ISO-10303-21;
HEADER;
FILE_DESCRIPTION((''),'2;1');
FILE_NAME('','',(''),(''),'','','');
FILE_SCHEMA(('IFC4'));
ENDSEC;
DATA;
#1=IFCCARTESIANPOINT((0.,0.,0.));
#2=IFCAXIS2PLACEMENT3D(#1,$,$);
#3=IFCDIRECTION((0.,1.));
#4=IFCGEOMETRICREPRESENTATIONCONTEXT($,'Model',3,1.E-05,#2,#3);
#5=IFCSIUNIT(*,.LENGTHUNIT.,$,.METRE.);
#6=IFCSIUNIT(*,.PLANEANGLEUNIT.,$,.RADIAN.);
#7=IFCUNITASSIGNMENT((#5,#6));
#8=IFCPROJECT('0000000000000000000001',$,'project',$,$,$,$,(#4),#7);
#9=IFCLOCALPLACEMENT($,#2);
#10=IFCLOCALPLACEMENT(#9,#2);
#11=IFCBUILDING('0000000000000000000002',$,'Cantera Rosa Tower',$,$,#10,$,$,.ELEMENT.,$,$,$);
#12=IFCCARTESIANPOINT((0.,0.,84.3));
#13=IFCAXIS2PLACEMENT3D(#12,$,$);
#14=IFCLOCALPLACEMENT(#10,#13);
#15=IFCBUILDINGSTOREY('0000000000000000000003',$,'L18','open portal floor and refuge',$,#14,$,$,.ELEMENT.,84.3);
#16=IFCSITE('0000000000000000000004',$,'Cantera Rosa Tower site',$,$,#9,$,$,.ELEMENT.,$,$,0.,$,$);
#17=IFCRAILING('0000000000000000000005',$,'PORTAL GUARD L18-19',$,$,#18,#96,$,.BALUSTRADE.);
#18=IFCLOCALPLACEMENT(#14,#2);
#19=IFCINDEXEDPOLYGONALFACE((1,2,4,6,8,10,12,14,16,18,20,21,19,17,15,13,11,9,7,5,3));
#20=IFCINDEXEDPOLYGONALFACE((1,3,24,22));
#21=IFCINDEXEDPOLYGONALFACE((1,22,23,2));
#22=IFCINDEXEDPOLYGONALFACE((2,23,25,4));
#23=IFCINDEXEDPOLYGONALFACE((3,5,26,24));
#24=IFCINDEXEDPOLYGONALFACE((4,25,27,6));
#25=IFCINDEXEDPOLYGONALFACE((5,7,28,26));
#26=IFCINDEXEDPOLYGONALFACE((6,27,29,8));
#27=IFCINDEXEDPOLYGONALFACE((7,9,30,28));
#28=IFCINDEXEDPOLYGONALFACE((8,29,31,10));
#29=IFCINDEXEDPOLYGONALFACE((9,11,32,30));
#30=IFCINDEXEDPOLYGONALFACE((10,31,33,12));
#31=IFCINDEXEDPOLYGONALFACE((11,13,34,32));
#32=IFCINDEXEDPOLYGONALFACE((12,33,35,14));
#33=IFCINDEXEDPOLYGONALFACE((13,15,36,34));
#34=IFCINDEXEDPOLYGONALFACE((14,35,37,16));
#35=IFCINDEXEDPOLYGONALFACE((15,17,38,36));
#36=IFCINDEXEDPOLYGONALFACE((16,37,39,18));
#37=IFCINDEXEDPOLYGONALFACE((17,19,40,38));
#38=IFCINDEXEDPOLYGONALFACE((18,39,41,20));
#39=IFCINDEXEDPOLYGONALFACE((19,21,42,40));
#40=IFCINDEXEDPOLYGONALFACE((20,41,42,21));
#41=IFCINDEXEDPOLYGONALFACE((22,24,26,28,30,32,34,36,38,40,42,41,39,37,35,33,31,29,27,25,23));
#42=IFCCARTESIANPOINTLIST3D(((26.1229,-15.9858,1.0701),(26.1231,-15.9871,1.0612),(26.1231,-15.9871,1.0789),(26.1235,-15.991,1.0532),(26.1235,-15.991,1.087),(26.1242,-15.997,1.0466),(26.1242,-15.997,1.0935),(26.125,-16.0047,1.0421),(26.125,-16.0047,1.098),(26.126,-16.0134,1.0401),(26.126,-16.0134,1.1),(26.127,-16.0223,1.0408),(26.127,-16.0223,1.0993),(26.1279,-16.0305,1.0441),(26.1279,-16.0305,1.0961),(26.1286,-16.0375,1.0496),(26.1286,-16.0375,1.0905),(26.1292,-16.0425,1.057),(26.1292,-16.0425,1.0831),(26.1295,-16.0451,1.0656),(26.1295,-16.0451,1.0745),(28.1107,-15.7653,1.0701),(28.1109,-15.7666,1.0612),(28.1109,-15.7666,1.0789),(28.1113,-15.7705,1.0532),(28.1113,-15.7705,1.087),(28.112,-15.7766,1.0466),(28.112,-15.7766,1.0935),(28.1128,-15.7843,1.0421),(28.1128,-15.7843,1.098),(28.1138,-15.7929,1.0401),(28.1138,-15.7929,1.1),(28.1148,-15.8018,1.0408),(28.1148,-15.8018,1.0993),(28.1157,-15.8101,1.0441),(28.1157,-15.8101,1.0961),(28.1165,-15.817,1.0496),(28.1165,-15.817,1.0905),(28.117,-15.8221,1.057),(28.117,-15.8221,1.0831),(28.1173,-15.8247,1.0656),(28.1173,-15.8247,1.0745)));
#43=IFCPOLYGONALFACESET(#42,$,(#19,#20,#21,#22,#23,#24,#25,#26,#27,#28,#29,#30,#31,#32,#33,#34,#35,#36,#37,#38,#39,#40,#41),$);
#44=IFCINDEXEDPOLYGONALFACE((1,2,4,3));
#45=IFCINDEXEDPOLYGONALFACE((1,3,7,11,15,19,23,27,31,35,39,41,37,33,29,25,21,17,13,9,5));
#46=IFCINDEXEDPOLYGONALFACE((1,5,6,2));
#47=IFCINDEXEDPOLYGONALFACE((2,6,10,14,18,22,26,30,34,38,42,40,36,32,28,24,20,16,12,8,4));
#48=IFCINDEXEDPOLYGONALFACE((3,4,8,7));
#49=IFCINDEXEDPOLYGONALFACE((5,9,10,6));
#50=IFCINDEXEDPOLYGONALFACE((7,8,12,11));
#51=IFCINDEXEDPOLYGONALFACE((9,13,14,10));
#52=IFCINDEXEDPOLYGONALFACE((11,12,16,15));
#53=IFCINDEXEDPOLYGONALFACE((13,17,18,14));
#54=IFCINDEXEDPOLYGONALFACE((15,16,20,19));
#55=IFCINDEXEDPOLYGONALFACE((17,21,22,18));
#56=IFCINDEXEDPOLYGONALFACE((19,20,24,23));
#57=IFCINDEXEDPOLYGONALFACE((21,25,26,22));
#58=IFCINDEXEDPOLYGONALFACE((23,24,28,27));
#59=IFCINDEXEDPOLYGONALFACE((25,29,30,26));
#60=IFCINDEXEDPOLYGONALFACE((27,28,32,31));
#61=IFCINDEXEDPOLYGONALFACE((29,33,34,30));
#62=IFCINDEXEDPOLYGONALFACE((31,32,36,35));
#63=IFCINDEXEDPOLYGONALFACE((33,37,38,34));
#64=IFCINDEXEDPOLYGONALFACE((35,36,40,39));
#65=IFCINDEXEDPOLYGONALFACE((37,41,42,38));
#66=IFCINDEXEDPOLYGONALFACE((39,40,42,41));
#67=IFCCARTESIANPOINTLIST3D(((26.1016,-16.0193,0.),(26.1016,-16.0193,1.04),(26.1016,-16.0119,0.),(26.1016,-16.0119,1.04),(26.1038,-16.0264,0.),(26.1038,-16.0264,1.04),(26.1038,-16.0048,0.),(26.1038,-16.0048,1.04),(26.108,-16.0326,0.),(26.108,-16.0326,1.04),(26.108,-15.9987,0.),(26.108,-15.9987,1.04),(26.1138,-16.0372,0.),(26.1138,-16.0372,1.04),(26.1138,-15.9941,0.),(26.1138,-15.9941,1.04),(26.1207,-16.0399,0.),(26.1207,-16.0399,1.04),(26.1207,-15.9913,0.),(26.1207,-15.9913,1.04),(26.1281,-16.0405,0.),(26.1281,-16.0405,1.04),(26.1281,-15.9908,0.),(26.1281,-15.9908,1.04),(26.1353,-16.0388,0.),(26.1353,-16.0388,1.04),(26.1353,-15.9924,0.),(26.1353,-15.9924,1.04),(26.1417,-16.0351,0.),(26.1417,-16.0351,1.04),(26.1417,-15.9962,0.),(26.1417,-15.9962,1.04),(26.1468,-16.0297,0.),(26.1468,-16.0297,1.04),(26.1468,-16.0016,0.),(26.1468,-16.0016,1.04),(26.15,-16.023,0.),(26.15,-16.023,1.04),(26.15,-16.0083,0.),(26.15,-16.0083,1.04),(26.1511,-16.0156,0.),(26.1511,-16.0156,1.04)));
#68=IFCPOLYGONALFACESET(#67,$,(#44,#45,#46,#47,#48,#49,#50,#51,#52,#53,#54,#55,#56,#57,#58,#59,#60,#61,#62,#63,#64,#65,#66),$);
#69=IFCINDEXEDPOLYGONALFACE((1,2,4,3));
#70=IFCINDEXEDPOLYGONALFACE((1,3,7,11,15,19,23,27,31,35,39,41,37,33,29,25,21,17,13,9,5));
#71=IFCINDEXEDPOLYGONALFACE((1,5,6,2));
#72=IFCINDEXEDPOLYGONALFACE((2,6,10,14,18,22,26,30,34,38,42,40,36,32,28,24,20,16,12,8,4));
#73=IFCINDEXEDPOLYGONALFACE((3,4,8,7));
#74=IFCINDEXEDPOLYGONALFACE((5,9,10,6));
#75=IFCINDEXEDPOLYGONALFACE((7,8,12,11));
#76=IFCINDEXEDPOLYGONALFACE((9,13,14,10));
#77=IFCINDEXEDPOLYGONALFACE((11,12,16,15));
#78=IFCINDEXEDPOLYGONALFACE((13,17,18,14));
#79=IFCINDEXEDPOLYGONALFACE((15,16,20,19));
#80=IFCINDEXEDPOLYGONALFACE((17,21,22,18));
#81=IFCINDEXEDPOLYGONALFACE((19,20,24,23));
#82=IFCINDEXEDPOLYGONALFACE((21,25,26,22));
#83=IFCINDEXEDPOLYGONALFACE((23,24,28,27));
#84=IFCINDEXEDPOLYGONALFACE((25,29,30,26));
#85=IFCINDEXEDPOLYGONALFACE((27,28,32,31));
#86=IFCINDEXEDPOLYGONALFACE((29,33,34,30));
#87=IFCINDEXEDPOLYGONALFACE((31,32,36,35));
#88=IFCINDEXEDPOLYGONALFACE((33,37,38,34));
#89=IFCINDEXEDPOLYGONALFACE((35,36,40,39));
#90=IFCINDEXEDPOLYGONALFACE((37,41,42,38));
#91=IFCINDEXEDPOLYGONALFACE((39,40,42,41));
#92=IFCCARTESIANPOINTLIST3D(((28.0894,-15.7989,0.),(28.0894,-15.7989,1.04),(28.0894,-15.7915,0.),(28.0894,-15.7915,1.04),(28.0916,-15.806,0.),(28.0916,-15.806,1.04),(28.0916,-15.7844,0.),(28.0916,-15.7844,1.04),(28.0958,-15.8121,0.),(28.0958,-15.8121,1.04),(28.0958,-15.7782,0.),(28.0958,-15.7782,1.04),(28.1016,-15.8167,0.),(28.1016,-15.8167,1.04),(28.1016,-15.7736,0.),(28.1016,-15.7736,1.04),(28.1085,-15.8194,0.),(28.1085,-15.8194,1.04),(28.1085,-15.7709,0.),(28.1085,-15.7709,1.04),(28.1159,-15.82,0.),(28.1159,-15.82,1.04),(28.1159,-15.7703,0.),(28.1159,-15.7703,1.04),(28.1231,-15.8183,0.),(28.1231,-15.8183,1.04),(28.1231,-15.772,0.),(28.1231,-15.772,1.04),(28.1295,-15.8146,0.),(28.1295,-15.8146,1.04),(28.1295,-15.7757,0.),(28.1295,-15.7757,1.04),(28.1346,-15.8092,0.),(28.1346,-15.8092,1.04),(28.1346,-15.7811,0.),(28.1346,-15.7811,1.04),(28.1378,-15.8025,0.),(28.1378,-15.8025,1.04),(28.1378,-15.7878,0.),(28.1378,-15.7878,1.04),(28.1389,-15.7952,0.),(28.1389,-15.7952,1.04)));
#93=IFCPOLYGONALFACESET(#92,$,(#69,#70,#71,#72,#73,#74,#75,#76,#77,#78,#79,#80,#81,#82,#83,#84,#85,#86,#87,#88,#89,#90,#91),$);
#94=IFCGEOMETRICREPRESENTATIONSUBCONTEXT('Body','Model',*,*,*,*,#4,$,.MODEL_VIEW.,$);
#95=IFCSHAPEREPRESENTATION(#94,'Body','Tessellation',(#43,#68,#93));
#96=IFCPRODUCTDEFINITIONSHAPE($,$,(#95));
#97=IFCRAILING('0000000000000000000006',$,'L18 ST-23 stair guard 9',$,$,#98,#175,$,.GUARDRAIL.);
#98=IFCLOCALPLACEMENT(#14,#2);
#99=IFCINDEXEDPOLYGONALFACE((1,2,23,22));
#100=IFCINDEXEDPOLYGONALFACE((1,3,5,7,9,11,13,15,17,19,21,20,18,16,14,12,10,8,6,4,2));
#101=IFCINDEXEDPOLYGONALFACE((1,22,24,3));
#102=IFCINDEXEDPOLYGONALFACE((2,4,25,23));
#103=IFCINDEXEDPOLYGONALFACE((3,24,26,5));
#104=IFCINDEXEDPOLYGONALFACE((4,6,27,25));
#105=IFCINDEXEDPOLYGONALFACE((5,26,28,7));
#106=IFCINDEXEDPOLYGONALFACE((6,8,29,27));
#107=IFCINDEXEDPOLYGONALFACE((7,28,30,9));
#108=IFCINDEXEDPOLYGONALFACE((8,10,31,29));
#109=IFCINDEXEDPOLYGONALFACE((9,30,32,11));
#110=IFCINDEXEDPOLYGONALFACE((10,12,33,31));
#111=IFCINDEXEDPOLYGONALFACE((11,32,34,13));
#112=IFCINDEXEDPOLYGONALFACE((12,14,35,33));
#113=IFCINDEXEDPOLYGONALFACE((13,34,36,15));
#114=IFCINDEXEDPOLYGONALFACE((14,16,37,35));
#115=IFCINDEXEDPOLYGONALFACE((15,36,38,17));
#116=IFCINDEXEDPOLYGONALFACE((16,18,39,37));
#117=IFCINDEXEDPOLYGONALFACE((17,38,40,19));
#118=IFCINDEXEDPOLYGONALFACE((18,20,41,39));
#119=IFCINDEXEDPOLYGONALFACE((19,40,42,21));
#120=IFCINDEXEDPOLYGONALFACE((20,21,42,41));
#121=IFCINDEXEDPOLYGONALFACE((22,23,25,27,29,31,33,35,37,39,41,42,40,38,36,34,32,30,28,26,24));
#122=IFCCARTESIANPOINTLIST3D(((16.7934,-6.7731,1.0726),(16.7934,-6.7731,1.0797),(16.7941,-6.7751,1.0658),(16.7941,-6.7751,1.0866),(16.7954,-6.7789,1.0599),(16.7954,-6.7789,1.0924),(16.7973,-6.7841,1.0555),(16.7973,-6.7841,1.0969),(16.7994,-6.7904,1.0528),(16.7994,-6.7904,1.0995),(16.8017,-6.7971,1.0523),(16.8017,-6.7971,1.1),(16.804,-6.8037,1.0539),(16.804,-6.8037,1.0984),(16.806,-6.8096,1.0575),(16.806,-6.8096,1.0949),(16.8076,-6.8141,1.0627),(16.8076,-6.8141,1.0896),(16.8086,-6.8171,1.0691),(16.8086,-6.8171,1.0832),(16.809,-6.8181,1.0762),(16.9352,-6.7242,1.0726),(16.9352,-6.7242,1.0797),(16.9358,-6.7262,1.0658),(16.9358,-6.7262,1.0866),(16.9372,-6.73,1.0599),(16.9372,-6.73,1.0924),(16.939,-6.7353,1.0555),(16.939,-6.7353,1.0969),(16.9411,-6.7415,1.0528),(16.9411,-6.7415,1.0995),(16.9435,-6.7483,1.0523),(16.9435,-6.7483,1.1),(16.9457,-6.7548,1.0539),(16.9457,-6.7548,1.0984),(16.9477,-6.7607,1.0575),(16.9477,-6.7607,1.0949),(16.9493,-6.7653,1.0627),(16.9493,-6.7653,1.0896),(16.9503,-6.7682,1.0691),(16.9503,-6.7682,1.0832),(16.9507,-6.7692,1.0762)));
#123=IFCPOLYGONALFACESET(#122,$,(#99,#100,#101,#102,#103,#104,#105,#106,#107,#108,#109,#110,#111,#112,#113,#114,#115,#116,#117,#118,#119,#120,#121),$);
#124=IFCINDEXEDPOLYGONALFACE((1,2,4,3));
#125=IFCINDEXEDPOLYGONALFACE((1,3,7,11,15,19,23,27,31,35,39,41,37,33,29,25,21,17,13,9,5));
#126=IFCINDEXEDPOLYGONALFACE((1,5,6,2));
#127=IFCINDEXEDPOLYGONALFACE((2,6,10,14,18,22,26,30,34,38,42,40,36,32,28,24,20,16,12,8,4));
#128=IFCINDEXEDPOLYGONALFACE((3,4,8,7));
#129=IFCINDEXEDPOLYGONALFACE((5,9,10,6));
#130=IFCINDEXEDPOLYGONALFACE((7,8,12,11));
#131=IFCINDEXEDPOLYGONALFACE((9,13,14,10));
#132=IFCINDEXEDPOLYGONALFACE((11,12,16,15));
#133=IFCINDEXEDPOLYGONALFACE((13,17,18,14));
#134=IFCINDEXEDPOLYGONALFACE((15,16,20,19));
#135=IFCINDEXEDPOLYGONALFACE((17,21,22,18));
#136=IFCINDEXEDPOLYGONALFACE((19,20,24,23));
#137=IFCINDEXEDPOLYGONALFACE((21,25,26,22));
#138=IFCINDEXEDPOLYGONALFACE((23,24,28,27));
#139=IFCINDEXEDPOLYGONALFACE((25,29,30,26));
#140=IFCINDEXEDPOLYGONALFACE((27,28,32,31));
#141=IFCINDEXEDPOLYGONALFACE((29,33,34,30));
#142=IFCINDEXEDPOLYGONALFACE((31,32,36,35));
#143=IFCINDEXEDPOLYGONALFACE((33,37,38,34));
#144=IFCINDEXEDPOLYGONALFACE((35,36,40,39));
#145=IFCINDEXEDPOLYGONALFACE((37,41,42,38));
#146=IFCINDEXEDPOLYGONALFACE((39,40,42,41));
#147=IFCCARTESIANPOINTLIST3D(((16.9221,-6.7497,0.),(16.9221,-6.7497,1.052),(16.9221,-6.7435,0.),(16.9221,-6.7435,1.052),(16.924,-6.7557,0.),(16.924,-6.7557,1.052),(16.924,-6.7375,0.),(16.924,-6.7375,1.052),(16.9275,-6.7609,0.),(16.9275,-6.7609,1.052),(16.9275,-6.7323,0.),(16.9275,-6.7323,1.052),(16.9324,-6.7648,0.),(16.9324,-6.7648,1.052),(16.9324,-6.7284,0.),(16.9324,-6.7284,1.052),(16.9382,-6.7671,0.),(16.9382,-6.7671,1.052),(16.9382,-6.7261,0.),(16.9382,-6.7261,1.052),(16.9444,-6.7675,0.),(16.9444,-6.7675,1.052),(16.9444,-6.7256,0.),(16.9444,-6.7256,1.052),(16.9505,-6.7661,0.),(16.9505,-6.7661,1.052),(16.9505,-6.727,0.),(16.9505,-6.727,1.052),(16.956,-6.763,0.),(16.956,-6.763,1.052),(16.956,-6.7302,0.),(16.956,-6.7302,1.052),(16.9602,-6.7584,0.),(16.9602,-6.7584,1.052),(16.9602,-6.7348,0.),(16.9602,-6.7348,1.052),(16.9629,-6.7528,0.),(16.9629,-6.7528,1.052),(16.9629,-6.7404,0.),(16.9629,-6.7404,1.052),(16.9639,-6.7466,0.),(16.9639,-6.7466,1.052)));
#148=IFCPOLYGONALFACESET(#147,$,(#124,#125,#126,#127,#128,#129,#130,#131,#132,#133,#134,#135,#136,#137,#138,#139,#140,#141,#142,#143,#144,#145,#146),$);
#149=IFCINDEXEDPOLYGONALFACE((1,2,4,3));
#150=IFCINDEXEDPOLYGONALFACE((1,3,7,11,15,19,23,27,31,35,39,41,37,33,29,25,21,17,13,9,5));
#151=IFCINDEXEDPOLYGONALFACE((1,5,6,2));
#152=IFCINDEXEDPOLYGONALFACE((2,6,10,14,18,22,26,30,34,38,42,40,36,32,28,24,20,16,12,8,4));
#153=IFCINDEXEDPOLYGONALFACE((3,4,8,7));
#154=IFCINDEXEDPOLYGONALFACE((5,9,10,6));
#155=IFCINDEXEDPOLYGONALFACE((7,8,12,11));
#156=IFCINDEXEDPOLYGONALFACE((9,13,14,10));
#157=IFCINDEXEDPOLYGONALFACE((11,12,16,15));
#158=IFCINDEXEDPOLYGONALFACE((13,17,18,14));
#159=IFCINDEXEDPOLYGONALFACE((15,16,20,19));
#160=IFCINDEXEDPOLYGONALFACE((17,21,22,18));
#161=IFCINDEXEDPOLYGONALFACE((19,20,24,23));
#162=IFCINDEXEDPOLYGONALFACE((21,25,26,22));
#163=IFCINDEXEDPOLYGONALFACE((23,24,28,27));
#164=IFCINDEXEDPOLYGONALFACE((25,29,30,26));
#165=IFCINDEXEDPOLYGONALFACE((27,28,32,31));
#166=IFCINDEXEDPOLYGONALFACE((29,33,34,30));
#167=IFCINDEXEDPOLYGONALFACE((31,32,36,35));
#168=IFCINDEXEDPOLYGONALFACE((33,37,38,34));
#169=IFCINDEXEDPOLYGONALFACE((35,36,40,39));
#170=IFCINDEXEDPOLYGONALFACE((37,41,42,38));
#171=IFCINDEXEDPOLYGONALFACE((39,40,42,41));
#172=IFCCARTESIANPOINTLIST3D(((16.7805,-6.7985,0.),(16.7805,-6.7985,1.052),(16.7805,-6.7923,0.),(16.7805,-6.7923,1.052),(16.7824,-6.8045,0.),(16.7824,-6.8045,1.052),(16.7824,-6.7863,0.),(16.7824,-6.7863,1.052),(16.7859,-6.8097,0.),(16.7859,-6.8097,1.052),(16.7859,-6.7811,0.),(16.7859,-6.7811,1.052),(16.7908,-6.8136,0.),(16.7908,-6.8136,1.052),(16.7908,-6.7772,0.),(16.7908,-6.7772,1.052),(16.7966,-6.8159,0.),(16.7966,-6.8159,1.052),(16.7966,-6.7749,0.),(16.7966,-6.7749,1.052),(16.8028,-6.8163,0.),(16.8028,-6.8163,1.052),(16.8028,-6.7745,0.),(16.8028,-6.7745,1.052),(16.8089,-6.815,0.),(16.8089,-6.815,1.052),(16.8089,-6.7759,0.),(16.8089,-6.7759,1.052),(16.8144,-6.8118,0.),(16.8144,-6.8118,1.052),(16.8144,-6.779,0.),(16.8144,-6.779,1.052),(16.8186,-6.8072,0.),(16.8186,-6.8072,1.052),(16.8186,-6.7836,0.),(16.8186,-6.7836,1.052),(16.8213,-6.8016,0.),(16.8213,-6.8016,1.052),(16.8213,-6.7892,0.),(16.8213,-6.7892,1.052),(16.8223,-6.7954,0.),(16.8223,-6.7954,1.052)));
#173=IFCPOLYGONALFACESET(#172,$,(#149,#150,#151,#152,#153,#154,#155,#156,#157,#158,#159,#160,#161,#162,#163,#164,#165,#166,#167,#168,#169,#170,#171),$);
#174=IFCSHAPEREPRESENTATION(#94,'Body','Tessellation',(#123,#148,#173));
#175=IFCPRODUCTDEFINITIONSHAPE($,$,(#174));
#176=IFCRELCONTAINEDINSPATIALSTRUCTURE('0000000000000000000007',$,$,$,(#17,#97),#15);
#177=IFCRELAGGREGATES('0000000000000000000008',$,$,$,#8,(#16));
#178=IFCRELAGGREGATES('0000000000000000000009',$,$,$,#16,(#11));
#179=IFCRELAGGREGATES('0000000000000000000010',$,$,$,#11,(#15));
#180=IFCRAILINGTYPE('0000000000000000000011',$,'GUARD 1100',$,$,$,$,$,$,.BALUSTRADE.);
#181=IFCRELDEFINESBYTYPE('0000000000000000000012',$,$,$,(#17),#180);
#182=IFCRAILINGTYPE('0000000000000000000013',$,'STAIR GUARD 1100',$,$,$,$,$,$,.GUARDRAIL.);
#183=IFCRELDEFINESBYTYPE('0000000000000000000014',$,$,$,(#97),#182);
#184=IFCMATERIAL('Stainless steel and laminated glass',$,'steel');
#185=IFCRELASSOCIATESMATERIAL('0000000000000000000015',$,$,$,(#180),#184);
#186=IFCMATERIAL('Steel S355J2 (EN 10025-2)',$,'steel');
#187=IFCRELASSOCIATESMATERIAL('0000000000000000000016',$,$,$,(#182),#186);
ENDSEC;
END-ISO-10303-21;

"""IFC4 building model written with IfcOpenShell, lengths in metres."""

from ifc_helpers import new_model, si_unit, direction, frame, origin, origin_2d, place, context, subcontext, project, spatial, circle, extrude, material, type_object, element, save


model = new_model("IFC4")

# Units and contexts
model_context = context("Model", 3, precision=1e-05, world=origin(), true_north=direction((0.0, 1.0)))
body_context = subcontext(model_context, "Body", "Model", "MODEL_VIEW")
ifc_project = project(units=[si_unit("LENGTHUNIT", "METRE"), si_unit("PLANEANGLEUNIT", "RADIAN")], contexts=[model_context])

# Site, building, storey
site_placement = place(None, origin())
site = spatial("IfcSite", under=ifc_project, at=site_placement, Name="Cantera Rosa Tower site", CompositionType="ELEMENT", RefElevation=0.0)
building_placement = place(site_placement, origin())
building = spatial("IfcBuilding", under=site, at=building_placement, Name="Cantera Rosa Tower", CompositionType="ELEMENT")
storey_placement = place(building_placement, frame((0.0, 0.0, 84.3)))
storey = spatial("IfcBuildingStorey", under=building, at=storey_placement, Name="L18", Description="open portal floor and refuge", CompositionType="ELEMENT", Elevation=84.3)

# Railings
ifc_material_1 = material(Name="Stainless steel and laminated glass", Category="steel")
railing_type_1 = type_object("IfcRailingType", Name="GUARD 1100", PredefinedType="BALUSTRADE", material=ifc_material_1)
railing_1_placement = place(storey_placement, frame((26.1262, -16.0156, 0.0)))
element("IfcRailing", 1, at=railing_1_placement, inside=storey, type_object=railing_type_1, Name="PORTAL GUARD L18-19", PredefinedType="BALUSTRADE", context=body_context, shape_type="SweptSolid", body=[
    extrude(circle(Radius=0.03, at=origin_2d()), frame((0.0, 0.0, 1.0701), z_axis=(0.993906, 0.110231, 0.0), x_axis=(-0.110231, 0.993906, 0.0)), (0.0, 0.0, 1.0), 2.0),
    extrude(circle(Radius=0.0249, at=origin_2d()), origin(), (0.0, 0.0, 1.0), 1.04),
    extrude(circle(Radius=0.0249, at=origin_2d()), frame((1.9878, 0.2205, 0.0)), (0.0, 0.0, 1.0), 1.04),
])
ifc_material_2 = material(Name="Steel S355J2 (EN 10025-2)", Category="steel")
railing_type_2 = type_object("IfcRailingType", Name="STAIR GUARD 1100", PredefinedType="GUARDRAIL", material=ifc_material_2)
railing_2_placement = place(storey_placement, frame((16.9429, -6.7466, 0.0)))
element("IfcRailing", 2, at=railing_2_placement, inside=storey, type_object=railing_type_2, Name="L18 ST-23 stair guard 9", PredefinedType="GUARDRAIL", context=body_context, shape_type="SweptSolid", body=[
    extrude(circle(Radius=0.0239, at=origin_2d()), frame((0.0, 0.0, 1.0762), z_axis=(-0.945373, -0.325991, 0.0), x_axis=(0.325991, -0.945373, 0.0)), (0.0, 0.0, 1.0), 0.1499),
    extrude(circle(Radius=0.021, at=origin_2d()), origin(), (0.0, 0.0, 1.0), 1.052),
    extrude(circle(Radius=0.021, at=origin_2d()), frame((-0.1416, -0.0488, 0.0)), (0.0, 0.0, 1.0), 1.052),
])

save(model, "model.ifc")
